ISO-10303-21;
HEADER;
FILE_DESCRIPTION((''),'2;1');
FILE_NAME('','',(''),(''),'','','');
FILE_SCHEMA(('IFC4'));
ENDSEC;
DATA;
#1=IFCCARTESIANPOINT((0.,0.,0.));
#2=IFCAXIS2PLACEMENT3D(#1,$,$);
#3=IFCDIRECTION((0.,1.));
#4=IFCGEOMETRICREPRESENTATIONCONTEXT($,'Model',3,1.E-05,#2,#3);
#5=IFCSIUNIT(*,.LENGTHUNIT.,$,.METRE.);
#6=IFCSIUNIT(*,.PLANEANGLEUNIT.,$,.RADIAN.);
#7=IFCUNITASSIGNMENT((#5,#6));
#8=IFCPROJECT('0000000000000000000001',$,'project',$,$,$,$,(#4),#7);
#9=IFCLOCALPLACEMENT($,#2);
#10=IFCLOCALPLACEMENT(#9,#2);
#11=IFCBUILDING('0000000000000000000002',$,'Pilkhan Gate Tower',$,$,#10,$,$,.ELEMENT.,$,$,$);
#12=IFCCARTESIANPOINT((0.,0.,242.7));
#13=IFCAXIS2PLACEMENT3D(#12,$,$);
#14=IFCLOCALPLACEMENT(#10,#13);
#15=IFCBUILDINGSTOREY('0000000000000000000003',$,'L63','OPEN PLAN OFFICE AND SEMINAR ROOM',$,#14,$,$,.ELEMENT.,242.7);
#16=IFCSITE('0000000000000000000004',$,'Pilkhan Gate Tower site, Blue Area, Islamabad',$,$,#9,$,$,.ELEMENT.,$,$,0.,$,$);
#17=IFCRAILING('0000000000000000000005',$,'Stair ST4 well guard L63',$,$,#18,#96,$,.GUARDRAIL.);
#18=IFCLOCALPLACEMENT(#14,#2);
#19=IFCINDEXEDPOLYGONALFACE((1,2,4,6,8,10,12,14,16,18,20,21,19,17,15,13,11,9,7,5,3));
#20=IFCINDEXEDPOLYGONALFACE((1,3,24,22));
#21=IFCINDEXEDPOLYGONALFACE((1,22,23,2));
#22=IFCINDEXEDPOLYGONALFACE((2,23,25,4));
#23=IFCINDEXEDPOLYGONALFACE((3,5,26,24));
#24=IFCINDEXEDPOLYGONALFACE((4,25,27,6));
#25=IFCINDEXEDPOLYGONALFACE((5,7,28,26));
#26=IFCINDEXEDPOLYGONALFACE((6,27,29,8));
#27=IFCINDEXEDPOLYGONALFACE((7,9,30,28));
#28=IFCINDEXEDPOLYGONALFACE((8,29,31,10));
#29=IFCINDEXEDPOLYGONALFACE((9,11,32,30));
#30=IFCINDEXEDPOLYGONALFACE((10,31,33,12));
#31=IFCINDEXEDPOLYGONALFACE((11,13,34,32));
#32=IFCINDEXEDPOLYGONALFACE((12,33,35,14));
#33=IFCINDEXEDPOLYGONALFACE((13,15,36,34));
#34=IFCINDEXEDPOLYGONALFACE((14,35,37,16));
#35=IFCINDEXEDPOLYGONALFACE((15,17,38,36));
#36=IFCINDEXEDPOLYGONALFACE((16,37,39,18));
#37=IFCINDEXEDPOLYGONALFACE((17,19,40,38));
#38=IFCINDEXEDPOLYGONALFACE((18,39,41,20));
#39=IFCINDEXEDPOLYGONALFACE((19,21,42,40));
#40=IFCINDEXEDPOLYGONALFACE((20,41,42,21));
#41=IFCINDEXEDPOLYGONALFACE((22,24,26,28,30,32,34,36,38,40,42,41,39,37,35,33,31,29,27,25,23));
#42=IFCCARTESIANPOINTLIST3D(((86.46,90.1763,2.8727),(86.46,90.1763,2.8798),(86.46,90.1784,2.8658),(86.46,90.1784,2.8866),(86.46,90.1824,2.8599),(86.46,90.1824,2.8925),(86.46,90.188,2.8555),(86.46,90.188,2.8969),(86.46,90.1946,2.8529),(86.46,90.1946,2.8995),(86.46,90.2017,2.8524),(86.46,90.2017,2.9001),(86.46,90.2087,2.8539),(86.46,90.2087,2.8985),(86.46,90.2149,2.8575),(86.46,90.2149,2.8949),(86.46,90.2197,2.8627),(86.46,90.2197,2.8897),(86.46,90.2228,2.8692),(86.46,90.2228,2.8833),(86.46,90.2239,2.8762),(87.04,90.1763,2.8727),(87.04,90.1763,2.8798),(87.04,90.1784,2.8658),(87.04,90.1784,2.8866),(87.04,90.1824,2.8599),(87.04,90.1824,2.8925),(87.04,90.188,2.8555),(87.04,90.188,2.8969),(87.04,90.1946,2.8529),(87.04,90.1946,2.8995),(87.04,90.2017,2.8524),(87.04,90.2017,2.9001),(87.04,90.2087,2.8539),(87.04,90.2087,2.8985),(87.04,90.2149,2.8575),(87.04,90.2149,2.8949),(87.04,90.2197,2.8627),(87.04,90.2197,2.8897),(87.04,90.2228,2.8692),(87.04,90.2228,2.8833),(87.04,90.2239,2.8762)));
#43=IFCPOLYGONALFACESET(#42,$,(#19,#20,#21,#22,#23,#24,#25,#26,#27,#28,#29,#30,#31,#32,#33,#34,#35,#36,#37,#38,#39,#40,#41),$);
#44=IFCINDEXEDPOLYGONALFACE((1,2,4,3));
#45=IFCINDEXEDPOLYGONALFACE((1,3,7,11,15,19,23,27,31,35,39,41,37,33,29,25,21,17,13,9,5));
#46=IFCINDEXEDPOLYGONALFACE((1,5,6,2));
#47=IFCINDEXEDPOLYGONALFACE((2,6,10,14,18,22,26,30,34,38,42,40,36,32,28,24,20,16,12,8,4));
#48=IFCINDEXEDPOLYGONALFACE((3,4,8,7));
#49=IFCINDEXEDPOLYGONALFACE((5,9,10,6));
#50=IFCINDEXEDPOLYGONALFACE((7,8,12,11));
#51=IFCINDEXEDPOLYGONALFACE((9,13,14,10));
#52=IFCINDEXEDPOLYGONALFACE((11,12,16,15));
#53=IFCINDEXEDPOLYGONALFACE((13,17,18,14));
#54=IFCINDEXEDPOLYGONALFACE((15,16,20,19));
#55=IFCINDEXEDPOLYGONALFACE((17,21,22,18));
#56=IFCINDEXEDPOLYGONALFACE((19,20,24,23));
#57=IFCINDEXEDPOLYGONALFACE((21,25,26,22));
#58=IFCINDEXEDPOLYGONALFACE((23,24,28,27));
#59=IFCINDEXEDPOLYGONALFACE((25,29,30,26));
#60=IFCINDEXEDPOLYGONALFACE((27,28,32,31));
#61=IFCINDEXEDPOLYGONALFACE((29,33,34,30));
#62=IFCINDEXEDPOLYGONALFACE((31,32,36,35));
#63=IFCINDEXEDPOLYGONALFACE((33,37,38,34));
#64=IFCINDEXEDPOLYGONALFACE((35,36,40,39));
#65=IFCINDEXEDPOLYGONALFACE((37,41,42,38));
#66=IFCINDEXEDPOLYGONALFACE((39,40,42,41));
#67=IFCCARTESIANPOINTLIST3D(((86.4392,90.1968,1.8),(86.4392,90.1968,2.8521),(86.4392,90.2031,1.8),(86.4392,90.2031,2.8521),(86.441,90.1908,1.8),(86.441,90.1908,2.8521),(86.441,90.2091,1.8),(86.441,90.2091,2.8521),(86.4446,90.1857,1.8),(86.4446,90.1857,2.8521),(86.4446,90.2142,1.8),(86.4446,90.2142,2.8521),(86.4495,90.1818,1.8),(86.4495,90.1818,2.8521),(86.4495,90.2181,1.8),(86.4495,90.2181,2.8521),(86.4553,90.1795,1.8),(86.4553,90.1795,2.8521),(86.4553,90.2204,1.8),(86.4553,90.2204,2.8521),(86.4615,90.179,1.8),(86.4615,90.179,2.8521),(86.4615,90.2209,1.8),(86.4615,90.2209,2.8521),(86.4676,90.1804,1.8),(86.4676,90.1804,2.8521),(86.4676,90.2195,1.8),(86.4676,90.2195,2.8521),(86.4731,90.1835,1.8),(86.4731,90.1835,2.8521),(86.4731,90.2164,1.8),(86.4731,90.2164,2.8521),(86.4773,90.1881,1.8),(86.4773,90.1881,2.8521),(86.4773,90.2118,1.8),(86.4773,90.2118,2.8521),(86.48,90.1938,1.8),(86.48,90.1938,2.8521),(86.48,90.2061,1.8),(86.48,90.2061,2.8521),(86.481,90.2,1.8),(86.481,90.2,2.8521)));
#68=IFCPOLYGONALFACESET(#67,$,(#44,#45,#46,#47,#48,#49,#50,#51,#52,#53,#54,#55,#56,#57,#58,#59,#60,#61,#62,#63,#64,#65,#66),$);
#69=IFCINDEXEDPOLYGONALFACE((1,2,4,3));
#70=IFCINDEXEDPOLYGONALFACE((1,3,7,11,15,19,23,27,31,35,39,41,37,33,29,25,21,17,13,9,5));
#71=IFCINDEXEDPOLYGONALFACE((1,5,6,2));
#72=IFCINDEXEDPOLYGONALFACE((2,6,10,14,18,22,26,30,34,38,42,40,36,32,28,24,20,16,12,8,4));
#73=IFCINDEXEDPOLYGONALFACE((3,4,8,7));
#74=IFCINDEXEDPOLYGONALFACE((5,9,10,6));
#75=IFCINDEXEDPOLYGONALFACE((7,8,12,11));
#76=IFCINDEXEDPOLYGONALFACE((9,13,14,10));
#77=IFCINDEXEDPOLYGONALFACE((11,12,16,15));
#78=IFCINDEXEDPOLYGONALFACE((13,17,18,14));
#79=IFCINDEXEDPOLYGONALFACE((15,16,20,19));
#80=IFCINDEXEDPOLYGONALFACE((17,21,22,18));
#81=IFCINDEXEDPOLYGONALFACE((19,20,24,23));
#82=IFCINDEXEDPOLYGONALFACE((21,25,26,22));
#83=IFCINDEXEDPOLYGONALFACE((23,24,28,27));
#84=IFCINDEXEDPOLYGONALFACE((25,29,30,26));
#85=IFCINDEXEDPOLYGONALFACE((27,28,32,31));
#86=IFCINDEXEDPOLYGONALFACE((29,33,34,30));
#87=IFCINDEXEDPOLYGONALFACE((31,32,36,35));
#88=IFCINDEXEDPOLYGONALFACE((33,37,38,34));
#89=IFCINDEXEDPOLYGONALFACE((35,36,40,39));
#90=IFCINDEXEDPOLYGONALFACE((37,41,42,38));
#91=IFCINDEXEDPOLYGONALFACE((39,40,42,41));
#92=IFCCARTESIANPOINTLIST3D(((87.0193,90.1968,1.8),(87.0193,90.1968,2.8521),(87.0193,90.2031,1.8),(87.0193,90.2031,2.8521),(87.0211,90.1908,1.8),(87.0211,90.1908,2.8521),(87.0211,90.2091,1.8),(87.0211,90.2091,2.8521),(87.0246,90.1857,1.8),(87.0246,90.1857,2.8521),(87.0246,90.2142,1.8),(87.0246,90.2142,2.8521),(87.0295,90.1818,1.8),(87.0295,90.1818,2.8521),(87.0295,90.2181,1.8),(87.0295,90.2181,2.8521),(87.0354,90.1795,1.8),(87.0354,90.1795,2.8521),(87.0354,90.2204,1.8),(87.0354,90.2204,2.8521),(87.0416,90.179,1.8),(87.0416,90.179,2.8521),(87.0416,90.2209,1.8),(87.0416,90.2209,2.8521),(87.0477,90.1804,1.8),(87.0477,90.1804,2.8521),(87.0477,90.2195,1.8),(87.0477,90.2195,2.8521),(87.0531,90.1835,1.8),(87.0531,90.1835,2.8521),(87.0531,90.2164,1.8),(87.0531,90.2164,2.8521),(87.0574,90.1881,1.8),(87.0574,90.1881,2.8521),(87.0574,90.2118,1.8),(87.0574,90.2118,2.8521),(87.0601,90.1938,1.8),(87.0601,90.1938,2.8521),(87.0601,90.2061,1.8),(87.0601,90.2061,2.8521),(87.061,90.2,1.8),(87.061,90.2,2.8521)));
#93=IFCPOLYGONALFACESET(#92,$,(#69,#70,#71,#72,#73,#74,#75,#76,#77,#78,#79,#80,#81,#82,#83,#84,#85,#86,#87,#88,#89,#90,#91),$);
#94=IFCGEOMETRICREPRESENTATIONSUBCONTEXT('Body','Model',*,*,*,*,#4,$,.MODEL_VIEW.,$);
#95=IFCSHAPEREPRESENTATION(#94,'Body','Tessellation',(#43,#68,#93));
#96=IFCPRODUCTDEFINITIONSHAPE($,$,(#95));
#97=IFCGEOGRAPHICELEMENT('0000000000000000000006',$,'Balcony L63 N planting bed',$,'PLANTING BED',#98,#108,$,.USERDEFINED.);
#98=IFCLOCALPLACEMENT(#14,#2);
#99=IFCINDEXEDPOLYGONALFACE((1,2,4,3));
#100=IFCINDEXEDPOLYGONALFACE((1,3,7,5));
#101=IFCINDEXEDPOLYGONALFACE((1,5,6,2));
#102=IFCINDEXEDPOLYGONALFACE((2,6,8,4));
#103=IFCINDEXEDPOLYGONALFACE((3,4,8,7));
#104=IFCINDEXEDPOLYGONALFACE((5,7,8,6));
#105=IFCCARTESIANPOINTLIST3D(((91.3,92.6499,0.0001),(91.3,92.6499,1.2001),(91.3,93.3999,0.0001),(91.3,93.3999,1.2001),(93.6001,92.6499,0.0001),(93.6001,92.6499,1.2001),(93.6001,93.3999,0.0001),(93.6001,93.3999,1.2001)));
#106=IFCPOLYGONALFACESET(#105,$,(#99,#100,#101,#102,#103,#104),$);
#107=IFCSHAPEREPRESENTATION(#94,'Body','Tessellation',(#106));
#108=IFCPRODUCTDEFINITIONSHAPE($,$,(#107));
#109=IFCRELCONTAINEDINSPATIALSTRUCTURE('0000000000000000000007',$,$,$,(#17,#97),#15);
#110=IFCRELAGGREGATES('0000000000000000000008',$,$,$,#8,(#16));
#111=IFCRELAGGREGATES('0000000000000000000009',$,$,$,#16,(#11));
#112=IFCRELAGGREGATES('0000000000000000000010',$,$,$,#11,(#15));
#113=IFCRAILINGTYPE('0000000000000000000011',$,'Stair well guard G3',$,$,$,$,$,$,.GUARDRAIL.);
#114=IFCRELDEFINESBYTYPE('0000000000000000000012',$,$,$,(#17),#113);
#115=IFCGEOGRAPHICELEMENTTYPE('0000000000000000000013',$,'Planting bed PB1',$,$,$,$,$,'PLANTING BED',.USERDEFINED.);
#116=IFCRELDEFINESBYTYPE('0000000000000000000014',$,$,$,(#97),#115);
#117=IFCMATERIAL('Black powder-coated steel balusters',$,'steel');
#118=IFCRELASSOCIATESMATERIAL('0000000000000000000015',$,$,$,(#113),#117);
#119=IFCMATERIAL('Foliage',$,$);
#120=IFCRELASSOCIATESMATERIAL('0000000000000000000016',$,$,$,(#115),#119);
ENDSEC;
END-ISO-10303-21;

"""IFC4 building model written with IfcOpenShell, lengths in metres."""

from ifc_helpers import new_model, si_unit, direction, frame, origin, origin_2d, place, context, subcontext, project, spatial, rectangle, circle, extrude, material, material_profile, profile_set, type_object, element, save


model = new_model("IFC4")

# Units and contexts
model_context = context("Model", 3, precision=1e-05, world=origin(), true_north=direction((0.0, 1.0)))
body_context = subcontext(model_context, "Body", "Model", "MODEL_VIEW")
ifc_project = project(units=[si_unit("LENGTHUNIT", "METRE"), si_unit("PLANEANGLEUNIT", "RADIAN")], contexts=[model_context])

# Site, building, storey
site_placement = place(None, origin())
site = spatial("IfcSite", under=ifc_project, at=site_placement, Name="Pilkhan Gate Tower site, Blue Area, Islamabad", CompositionType="ELEMENT", RefElevation=0.0)
building_placement = place(site_placement, origin())
building = spatial("IfcBuilding", under=site, at=building_placement, Name="Pilkhan Gate Tower", CompositionType="ELEMENT")
storey_placement = place(building_placement, frame((0.0, 0.0, 242.7)))
storey = spatial("IfcBuildingStorey", under=building, at=storey_placement, Name="L63", Description="OPEN PLAN OFFICE AND SEMINAR ROOM", CompositionType="ELEMENT", Elevation=242.7)

# Railing
ifc_material_1 = material(Name="Black powder-coated steel balusters", Category="steel")
railing_type_1 = type_object("IfcRailingType", Name="Stair well guard G3", PredefinedType="GUARDRAIL", material=ifc_material_1)
for number, where, name in (
    (1, (86.46, 90.2, 1.8), "Stair ST4 well guard L63"),
):
    element("IfcRailing", number, at=place(storey_placement, frame(where)), inside=storey, type_object=railing_type_1, Name=name, PredefinedType="GUARDRAIL", context=body_context, shape_type="SweptSolid", body=[
        extrude(circle(Radius=0.0239, at=origin_2d()), frame((0.0, 0.0, 1.0762), z_axis=(1.0, 0.0, 0.0), x_axis=(0.0, 1.0, 0.0)), (0.0, 0.0, 1.0), 0.5801),
        extrude(circle(Radius=0.021, at=origin_2d()), origin(), (0.0, 0.0, 1.0), 1.052),
        extrude(circle(Radius=0.021, at=origin_2d()), frame((0.5801, 0.0, 0.0)), (0.0, 0.0, 1.0), 1.052),
    ])

# Geographic element
ifc_material_2 = material(Name="Foliage")
ifc_material_profile_1 = material_profile(ifc_material_2, rectangle(XDim=0.75, YDim=1.2, at=origin_2d()), Name="Bed 750x1200")
ifc_profile_set_1 = profile_set([ifc_material_profile_1], Name="Foliage")
geographic_element_type = type_object("IfcGeographicElementType", Name="Planting bed PB1", ElementType="PLANTING BED", PredefinedType="USERDEFINED", material=ifc_profile_set_1)
geographic_element_placement = place(storey_placement, frame((91.3, 93.0249, 0.6001), z_axis=(1.0, 0.0, 0.0), x_axis=(0.0, 1.0, 0.0)))
element("IfcGeographicElement", 2, at=geographic_element_placement, inside=storey, type_object=geographic_element_type, Name="Balcony L63 N planting bed", ObjectType="PLANTING BED", PredefinedType="USERDEFINED", context=body_context, shape_type="SweptSolid", body=[
    extrude(rectangle(XDim=0.75, YDim=1.2, at=origin_2d()), origin(), (0.0, 0.0, 1.0), 2.3),
])

save(model, "model.ifc")
